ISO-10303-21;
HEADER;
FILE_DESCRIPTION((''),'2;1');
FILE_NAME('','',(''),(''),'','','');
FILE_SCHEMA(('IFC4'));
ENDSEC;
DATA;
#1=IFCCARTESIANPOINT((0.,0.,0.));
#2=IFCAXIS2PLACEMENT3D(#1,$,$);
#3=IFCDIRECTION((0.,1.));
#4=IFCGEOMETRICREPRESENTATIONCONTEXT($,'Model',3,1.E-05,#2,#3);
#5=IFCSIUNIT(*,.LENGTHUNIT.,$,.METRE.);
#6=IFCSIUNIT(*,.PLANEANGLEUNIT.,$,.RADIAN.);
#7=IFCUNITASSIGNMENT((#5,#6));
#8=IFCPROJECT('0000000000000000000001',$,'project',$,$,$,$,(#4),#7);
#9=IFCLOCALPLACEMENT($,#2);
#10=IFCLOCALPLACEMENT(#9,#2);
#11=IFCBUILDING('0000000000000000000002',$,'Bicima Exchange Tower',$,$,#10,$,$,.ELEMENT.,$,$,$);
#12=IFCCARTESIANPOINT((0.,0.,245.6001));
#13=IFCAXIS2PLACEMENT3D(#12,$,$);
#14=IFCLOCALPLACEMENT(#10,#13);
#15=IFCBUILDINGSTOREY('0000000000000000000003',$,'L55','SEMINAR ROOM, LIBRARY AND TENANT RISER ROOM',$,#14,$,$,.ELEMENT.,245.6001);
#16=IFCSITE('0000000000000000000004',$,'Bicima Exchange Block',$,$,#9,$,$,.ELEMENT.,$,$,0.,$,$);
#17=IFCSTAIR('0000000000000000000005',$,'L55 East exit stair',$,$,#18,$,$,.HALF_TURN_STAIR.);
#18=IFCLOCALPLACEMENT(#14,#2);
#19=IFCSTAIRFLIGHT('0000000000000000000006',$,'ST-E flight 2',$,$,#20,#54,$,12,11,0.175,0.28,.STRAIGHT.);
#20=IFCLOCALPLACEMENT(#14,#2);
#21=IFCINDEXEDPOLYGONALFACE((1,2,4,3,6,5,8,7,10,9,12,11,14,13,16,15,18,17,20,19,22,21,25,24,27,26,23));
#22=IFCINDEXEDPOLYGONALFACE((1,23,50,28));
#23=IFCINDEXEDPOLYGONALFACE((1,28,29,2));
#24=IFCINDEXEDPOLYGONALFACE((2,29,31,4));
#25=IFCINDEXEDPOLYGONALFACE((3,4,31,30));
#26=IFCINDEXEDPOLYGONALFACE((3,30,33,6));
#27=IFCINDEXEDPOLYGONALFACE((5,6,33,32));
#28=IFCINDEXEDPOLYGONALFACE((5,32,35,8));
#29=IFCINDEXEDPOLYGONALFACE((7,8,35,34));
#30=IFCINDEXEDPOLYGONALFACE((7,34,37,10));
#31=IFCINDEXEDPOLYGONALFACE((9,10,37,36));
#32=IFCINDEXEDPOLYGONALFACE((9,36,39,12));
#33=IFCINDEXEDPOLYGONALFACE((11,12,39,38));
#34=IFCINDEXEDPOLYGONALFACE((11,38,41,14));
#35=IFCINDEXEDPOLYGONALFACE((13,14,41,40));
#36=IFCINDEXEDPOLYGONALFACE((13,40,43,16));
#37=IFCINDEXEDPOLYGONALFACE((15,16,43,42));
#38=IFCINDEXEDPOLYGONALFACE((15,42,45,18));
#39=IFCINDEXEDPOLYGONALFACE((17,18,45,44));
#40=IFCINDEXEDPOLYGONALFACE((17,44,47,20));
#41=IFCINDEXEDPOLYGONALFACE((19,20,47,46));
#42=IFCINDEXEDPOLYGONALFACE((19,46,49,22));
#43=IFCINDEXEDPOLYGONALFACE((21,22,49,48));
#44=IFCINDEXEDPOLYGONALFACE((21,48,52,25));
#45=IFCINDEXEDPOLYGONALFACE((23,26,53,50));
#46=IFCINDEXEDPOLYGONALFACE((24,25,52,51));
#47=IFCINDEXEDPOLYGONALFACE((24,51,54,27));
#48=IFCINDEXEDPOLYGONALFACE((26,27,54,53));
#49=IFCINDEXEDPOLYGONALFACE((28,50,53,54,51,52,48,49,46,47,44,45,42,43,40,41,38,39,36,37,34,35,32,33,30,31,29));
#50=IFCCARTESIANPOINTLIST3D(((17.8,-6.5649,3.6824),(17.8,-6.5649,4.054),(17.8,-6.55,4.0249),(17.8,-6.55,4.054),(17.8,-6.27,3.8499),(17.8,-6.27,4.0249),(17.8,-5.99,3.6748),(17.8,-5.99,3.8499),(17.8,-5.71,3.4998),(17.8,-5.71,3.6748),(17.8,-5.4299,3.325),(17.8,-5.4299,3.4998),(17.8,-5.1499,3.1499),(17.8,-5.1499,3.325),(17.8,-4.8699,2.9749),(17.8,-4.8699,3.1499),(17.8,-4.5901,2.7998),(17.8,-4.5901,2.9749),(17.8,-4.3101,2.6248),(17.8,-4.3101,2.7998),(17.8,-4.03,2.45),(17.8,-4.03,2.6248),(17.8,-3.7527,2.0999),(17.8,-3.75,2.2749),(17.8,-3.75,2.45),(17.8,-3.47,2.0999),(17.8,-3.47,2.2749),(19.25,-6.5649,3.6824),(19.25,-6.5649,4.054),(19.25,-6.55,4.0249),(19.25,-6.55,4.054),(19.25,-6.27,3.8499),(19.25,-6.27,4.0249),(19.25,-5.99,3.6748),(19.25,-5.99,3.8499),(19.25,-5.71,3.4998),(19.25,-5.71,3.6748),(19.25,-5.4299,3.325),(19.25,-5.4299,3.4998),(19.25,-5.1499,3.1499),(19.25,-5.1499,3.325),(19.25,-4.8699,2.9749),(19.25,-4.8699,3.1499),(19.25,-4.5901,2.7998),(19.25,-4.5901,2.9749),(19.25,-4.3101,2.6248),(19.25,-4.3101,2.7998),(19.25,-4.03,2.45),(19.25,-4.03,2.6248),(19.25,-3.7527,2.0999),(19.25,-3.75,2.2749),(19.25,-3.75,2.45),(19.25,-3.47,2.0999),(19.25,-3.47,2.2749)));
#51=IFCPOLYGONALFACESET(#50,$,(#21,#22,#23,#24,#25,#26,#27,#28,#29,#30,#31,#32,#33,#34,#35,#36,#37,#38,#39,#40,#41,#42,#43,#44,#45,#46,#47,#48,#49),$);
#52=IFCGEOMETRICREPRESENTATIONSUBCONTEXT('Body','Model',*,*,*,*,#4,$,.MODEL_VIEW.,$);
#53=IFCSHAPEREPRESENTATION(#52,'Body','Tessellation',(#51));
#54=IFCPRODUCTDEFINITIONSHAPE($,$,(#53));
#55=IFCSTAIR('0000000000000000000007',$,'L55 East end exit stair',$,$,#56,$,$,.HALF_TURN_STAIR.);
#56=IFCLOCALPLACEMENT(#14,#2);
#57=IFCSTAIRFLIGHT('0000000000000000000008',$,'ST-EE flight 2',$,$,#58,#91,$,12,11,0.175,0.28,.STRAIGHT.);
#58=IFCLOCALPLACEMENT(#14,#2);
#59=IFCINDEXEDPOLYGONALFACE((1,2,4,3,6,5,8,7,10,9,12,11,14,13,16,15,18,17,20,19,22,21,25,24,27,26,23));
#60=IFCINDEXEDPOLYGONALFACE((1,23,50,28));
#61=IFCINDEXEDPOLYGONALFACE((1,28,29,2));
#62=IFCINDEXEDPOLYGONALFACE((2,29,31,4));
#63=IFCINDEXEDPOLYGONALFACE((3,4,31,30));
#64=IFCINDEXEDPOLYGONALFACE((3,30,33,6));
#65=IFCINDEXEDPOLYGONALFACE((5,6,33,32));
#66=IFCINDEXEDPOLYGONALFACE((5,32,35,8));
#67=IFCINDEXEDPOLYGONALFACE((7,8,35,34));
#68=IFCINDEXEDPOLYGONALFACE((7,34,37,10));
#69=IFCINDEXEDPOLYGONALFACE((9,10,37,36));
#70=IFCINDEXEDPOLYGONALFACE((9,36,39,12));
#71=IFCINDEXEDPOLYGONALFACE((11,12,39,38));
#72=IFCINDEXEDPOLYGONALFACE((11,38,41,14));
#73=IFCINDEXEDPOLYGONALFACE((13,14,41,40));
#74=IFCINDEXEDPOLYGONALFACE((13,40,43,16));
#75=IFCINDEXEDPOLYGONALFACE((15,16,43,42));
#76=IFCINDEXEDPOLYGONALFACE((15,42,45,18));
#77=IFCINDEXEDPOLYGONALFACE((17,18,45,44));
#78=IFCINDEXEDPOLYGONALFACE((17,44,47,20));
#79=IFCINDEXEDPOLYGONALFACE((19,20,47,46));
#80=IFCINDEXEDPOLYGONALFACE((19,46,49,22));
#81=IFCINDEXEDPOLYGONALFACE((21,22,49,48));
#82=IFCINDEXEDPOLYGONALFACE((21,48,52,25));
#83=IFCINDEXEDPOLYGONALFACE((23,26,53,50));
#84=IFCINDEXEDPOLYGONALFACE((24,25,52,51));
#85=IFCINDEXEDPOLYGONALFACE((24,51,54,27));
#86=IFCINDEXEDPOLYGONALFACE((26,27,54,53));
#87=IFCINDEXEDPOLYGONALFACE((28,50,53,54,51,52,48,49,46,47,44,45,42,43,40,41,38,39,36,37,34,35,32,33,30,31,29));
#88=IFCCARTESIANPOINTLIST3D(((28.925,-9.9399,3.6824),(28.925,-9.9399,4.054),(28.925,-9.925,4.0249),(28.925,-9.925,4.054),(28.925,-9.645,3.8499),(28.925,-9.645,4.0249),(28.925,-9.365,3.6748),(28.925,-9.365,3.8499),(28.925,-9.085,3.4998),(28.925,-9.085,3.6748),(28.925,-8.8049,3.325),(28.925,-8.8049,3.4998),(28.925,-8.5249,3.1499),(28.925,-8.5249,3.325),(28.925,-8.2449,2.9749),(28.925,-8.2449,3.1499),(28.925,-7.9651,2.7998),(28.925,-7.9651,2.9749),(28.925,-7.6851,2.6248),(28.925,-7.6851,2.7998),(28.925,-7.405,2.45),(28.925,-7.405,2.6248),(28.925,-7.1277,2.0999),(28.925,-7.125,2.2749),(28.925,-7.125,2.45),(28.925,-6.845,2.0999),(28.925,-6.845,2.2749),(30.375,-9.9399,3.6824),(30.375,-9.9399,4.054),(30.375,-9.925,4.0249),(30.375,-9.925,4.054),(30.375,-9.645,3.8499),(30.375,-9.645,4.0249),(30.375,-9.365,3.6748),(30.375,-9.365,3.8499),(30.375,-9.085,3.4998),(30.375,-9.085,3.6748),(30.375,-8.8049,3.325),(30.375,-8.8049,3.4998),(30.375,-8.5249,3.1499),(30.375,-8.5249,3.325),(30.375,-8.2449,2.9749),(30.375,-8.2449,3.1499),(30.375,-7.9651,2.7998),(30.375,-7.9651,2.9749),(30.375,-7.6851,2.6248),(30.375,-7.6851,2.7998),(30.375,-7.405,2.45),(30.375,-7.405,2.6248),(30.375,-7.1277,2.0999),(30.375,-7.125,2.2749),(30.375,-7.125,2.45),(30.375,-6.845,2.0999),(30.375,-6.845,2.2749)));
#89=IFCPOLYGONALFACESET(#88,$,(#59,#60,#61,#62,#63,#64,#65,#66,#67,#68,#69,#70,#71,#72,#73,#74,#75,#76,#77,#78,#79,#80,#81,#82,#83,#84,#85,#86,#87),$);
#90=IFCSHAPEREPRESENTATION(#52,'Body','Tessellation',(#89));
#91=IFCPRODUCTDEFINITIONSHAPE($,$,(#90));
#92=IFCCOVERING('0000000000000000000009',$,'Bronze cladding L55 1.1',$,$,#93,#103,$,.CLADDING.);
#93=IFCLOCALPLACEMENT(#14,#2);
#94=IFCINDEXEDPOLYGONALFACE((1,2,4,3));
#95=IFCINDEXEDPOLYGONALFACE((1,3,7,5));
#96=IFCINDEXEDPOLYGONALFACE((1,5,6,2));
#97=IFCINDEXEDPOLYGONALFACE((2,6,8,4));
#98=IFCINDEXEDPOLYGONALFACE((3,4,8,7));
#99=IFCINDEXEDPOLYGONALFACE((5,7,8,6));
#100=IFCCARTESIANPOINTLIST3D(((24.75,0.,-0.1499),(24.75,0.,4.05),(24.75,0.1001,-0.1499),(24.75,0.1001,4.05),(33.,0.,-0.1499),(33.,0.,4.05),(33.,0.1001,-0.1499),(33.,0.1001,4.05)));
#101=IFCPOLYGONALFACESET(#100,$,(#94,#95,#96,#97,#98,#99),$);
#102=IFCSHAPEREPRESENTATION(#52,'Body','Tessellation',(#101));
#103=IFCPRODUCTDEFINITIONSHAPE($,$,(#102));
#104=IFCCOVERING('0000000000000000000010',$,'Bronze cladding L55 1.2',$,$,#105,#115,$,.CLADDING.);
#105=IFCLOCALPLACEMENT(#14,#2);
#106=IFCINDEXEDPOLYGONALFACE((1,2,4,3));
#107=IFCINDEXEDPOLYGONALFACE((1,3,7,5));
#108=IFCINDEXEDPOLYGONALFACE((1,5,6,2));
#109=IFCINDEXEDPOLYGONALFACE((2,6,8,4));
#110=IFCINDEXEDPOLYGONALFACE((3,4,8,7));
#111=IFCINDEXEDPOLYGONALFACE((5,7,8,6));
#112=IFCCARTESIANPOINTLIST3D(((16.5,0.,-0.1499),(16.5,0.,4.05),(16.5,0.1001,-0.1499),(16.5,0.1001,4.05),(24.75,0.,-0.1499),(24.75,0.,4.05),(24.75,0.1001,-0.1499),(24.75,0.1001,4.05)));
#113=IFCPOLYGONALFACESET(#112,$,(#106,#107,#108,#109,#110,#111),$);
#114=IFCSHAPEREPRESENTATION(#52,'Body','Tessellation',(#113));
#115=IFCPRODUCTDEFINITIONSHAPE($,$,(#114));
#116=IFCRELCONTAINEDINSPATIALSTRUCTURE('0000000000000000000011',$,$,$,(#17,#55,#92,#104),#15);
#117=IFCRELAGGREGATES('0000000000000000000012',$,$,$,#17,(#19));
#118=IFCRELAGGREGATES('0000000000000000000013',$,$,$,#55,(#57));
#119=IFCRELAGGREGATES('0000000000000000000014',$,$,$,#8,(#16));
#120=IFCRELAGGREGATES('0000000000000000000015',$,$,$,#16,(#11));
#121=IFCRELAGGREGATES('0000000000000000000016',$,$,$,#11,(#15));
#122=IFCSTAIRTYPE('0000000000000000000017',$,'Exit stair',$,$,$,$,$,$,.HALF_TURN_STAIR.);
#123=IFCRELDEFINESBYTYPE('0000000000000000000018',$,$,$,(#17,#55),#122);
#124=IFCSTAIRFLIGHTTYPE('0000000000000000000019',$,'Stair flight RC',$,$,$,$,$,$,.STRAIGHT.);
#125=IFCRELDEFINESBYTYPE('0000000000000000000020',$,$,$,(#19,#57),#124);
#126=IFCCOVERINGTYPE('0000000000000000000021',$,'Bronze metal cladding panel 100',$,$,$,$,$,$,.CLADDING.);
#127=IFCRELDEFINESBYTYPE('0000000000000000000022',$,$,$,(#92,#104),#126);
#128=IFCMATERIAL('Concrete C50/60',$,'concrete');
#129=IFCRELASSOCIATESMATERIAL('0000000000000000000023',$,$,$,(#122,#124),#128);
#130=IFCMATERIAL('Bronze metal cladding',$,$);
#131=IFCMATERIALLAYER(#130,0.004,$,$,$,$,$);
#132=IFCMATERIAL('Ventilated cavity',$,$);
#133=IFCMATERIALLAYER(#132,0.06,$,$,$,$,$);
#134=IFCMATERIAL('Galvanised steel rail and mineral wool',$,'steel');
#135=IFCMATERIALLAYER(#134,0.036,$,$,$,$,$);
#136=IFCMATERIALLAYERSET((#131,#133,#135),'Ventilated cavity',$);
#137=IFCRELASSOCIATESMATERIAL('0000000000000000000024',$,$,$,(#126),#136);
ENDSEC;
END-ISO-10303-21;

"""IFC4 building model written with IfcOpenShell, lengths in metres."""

from ifc_helpers import new_model, si_unit, direction, frame, origin, origin_2d, place, context, subcontext, project, spatial, polyline, rectangle, outline, extrude, material, layer, layer_set, type_object, element, aggregate, save


model = new_model("IFC4")

# Units and contexts
model_context = context("Model", 3, precision=1e-05, world=origin(), true_north=direction((0.0, 1.0)))
body_context = subcontext(model_context, "Body", "Model", "MODEL_VIEW")
ifc_project = project(units=[si_unit("LENGTHUNIT", "METRE"), si_unit("PLANEANGLEUNIT", "RADIAN")], contexts=[model_context])

# Site, building, storey
site_placement = place(None, origin())
site = spatial("IfcSite", under=ifc_project, at=site_placement, Name="Bicima Exchange Block", CompositionType="ELEMENT", RefElevation=0.0)
building_placement = place(site_placement, origin())
building = spatial("IfcBuilding", under=site, at=building_placement, Name="Bicima Exchange Tower", CompositionType="ELEMENT")
storey_placement = place(building_placement, frame((0.0, 0.0, 245.6001)))
storey = spatial("IfcBuildingStorey", under=building, at=storey_placement, Name="L55", Description="SEMINAR ROOM, LIBRARY AND TENANT RISER ROOM", CompositionType="ELEMENT", Elevation=245.6001)

# Shared definitions
ifc_material_1 = material(Name="Concrete C50/60", Category="concrete")

# Stair, stair flight
stair_type = type_object("IfcStairType", Name="Exit stair", PredefinedType="HALF_TURN_STAIR", material=ifc_material_1)
stair_1_placement = place(storey_placement, origin())
stair_1 = element("IfcStair", 1, at=stair_1_placement, inside=storey, type_object=stair_type, Name="L55 East exit stair", PredefinedType="HALF_TURN_STAIR")
stair_flight_type = type_object("IfcStairFlightType", Name="Stair flight RC", PredefinedType="STRAIGHT", material=ifc_material_1)
stair_flight_1_placement = place(storey_placement, frame((18.5249, -3.47, 2.0999), z_axis=(0.0, 0.0, 1.0), x_axis=(0.0, -1.0, 0.0)))
stair_flight_1 = element("IfcStairFlight", 2, at=stair_flight_1_placement, type_object=stair_flight_type, Name="ST-E flight 2", NumberOfRisers=12, NumberOfTreads=11, PredefinedType="STRAIGHT", RiserHeight=0.175, TreadLength=0.28, context=body_context, shape_type="SweptSolid", body=[
    extrude(outline(polyline([(0.0, 0.0), (0.0, 0.175), (0.28, 0.175), (0.28, 0.3501), (0.5601, 0.3501), (0.5601, 0.5249), (0.8401, 0.5249), (0.8401, 0.7), (1.1201, 0.7), (1.1201, 0.875), (1.3999, 0.875), (1.3999, 1.05), (1.6799, 1.05), (1.6799, 1.2251), (1.96, 1.2251), (1.96, 1.3999), (2.24, 1.3999), (2.24, 1.575), (2.52, 1.575), (2.52, 1.75), (2.8, 1.75), (2.8, 1.925), (3.0801, 1.925), (3.0801, 1.9541), (3.095, 1.9541), (3.095, 1.5825), (0.2827, 0.0), (0.0, 0.0)])), frame((0.0, 0.7251, 0.0), z_axis=(0.0, -1.0, 0.0), x_axis=(1.0, 0.0, 0.0)), (0.0, 0.0, 1.0), 1.45),
])
aggregate(stair_1, [stair_flight_1])

# Stair, stair flight
stair_2_placement = place(storey_placement, origin())
stair_2 = element("IfcStair", 3, at=stair_2_placement, inside=storey, type_object=stair_type, Name="L55 East end exit stair", PredefinedType="HALF_TURN_STAIR")
stair_flight_2_placement = place(storey_placement, frame((29.6499, -6.845, 2.0999), z_axis=(0.0, 0.0, 1.0), x_axis=(0.0, -1.0, 0.0)))
stair_flight_2 = element("IfcStairFlight", 4, at=stair_flight_2_placement, type_object=stair_flight_type, Name="ST-EE flight 2", NumberOfRisers=12, NumberOfTreads=11, PredefinedType="STRAIGHT", RiserHeight=0.175, TreadLength=0.28, context=body_context, shape_type="SweptSolid", body=[
    extrude(outline(polyline([(0.0, 0.0), (0.0, 0.175), (0.28, 0.175), (0.28, 0.3501), (0.5601, 0.3501), (0.5601, 0.5249), (0.8401, 0.5249), (0.8401, 0.7), (1.1201, 0.7), (1.1201, 0.875), (1.3999, 0.875), (1.3999, 1.05), (1.6799, 1.05), (1.6799, 1.2251), (1.96, 1.2251), (1.96, 1.3999), (2.24, 1.3999), (2.24, 1.575), (2.52, 1.575), (2.52, 1.75), (2.8, 1.75), (2.8, 1.925), (3.0801, 1.925), (3.0801, 1.9541), (3.095, 1.9541), (3.095, 1.5825), (0.2827, 0.0), (0.0, 0.0)])), frame((0.0, 0.7251, 0.0), z_axis=(0.0, -1.0, 0.0), x_axis=(1.0, 0.0, 0.0)), (0.0, 0.0, 1.0), 1.45),
])
aggregate(stair_2, [stair_flight_2])

# Coverings
ifc_material_2 = material(Name="Bronze metal cladding")
ifc_layer_1 = layer(ifc_material_2, 0.004)
ifc_material_3 = material(Name="Ventilated cavity")
ifc_layer_2 = layer(ifc_material_3, 0.06)
ifc_material_4 = material(Name="Galvanised steel rail and mineral wool", Category="steel")
ifc_layer_3 = layer(ifc_material_4, 0.036)
ifc_layer_set_1 = layer_set([ifc_layer_1, ifc_layer_2, ifc_layer_3], Name="Ventilated cavity")
covering_type = type_object("IfcCoveringType", Name="Bronze metal cladding panel 100", PredefinedType="CLADDING", material=ifc_layer_set_1)
for number, where, z_axis, x_axis, name in (
    (5, (28.875, 0.05, -0.1499), (0.0, 0.0, 1.0), (-1.0, 0.0, 0.0), "Bronze cladding L55 1.1"),
    (6, (20.625, 0.05, -0.1499), (0.0, 0.0, 1.0), (-1.0, 0.0, 0.0), "Bronze cladding L55 1.2"),
):
    element("IfcCovering", number, at=place(storey_placement, frame(where, z_axis=z_axis, x_axis=x_axis)), inside=storey, type_object=covering_type, Name=name, PredefinedType="CLADDING", context=body_context, shape_type="SweptSolid", body=[
        extrude(rectangle(XDim=8.25, YDim=0.1001, at=origin_2d()), origin(), (0.0, 0.0, 1.0), 4.2),
    ])

save(model, "model.ifc")
